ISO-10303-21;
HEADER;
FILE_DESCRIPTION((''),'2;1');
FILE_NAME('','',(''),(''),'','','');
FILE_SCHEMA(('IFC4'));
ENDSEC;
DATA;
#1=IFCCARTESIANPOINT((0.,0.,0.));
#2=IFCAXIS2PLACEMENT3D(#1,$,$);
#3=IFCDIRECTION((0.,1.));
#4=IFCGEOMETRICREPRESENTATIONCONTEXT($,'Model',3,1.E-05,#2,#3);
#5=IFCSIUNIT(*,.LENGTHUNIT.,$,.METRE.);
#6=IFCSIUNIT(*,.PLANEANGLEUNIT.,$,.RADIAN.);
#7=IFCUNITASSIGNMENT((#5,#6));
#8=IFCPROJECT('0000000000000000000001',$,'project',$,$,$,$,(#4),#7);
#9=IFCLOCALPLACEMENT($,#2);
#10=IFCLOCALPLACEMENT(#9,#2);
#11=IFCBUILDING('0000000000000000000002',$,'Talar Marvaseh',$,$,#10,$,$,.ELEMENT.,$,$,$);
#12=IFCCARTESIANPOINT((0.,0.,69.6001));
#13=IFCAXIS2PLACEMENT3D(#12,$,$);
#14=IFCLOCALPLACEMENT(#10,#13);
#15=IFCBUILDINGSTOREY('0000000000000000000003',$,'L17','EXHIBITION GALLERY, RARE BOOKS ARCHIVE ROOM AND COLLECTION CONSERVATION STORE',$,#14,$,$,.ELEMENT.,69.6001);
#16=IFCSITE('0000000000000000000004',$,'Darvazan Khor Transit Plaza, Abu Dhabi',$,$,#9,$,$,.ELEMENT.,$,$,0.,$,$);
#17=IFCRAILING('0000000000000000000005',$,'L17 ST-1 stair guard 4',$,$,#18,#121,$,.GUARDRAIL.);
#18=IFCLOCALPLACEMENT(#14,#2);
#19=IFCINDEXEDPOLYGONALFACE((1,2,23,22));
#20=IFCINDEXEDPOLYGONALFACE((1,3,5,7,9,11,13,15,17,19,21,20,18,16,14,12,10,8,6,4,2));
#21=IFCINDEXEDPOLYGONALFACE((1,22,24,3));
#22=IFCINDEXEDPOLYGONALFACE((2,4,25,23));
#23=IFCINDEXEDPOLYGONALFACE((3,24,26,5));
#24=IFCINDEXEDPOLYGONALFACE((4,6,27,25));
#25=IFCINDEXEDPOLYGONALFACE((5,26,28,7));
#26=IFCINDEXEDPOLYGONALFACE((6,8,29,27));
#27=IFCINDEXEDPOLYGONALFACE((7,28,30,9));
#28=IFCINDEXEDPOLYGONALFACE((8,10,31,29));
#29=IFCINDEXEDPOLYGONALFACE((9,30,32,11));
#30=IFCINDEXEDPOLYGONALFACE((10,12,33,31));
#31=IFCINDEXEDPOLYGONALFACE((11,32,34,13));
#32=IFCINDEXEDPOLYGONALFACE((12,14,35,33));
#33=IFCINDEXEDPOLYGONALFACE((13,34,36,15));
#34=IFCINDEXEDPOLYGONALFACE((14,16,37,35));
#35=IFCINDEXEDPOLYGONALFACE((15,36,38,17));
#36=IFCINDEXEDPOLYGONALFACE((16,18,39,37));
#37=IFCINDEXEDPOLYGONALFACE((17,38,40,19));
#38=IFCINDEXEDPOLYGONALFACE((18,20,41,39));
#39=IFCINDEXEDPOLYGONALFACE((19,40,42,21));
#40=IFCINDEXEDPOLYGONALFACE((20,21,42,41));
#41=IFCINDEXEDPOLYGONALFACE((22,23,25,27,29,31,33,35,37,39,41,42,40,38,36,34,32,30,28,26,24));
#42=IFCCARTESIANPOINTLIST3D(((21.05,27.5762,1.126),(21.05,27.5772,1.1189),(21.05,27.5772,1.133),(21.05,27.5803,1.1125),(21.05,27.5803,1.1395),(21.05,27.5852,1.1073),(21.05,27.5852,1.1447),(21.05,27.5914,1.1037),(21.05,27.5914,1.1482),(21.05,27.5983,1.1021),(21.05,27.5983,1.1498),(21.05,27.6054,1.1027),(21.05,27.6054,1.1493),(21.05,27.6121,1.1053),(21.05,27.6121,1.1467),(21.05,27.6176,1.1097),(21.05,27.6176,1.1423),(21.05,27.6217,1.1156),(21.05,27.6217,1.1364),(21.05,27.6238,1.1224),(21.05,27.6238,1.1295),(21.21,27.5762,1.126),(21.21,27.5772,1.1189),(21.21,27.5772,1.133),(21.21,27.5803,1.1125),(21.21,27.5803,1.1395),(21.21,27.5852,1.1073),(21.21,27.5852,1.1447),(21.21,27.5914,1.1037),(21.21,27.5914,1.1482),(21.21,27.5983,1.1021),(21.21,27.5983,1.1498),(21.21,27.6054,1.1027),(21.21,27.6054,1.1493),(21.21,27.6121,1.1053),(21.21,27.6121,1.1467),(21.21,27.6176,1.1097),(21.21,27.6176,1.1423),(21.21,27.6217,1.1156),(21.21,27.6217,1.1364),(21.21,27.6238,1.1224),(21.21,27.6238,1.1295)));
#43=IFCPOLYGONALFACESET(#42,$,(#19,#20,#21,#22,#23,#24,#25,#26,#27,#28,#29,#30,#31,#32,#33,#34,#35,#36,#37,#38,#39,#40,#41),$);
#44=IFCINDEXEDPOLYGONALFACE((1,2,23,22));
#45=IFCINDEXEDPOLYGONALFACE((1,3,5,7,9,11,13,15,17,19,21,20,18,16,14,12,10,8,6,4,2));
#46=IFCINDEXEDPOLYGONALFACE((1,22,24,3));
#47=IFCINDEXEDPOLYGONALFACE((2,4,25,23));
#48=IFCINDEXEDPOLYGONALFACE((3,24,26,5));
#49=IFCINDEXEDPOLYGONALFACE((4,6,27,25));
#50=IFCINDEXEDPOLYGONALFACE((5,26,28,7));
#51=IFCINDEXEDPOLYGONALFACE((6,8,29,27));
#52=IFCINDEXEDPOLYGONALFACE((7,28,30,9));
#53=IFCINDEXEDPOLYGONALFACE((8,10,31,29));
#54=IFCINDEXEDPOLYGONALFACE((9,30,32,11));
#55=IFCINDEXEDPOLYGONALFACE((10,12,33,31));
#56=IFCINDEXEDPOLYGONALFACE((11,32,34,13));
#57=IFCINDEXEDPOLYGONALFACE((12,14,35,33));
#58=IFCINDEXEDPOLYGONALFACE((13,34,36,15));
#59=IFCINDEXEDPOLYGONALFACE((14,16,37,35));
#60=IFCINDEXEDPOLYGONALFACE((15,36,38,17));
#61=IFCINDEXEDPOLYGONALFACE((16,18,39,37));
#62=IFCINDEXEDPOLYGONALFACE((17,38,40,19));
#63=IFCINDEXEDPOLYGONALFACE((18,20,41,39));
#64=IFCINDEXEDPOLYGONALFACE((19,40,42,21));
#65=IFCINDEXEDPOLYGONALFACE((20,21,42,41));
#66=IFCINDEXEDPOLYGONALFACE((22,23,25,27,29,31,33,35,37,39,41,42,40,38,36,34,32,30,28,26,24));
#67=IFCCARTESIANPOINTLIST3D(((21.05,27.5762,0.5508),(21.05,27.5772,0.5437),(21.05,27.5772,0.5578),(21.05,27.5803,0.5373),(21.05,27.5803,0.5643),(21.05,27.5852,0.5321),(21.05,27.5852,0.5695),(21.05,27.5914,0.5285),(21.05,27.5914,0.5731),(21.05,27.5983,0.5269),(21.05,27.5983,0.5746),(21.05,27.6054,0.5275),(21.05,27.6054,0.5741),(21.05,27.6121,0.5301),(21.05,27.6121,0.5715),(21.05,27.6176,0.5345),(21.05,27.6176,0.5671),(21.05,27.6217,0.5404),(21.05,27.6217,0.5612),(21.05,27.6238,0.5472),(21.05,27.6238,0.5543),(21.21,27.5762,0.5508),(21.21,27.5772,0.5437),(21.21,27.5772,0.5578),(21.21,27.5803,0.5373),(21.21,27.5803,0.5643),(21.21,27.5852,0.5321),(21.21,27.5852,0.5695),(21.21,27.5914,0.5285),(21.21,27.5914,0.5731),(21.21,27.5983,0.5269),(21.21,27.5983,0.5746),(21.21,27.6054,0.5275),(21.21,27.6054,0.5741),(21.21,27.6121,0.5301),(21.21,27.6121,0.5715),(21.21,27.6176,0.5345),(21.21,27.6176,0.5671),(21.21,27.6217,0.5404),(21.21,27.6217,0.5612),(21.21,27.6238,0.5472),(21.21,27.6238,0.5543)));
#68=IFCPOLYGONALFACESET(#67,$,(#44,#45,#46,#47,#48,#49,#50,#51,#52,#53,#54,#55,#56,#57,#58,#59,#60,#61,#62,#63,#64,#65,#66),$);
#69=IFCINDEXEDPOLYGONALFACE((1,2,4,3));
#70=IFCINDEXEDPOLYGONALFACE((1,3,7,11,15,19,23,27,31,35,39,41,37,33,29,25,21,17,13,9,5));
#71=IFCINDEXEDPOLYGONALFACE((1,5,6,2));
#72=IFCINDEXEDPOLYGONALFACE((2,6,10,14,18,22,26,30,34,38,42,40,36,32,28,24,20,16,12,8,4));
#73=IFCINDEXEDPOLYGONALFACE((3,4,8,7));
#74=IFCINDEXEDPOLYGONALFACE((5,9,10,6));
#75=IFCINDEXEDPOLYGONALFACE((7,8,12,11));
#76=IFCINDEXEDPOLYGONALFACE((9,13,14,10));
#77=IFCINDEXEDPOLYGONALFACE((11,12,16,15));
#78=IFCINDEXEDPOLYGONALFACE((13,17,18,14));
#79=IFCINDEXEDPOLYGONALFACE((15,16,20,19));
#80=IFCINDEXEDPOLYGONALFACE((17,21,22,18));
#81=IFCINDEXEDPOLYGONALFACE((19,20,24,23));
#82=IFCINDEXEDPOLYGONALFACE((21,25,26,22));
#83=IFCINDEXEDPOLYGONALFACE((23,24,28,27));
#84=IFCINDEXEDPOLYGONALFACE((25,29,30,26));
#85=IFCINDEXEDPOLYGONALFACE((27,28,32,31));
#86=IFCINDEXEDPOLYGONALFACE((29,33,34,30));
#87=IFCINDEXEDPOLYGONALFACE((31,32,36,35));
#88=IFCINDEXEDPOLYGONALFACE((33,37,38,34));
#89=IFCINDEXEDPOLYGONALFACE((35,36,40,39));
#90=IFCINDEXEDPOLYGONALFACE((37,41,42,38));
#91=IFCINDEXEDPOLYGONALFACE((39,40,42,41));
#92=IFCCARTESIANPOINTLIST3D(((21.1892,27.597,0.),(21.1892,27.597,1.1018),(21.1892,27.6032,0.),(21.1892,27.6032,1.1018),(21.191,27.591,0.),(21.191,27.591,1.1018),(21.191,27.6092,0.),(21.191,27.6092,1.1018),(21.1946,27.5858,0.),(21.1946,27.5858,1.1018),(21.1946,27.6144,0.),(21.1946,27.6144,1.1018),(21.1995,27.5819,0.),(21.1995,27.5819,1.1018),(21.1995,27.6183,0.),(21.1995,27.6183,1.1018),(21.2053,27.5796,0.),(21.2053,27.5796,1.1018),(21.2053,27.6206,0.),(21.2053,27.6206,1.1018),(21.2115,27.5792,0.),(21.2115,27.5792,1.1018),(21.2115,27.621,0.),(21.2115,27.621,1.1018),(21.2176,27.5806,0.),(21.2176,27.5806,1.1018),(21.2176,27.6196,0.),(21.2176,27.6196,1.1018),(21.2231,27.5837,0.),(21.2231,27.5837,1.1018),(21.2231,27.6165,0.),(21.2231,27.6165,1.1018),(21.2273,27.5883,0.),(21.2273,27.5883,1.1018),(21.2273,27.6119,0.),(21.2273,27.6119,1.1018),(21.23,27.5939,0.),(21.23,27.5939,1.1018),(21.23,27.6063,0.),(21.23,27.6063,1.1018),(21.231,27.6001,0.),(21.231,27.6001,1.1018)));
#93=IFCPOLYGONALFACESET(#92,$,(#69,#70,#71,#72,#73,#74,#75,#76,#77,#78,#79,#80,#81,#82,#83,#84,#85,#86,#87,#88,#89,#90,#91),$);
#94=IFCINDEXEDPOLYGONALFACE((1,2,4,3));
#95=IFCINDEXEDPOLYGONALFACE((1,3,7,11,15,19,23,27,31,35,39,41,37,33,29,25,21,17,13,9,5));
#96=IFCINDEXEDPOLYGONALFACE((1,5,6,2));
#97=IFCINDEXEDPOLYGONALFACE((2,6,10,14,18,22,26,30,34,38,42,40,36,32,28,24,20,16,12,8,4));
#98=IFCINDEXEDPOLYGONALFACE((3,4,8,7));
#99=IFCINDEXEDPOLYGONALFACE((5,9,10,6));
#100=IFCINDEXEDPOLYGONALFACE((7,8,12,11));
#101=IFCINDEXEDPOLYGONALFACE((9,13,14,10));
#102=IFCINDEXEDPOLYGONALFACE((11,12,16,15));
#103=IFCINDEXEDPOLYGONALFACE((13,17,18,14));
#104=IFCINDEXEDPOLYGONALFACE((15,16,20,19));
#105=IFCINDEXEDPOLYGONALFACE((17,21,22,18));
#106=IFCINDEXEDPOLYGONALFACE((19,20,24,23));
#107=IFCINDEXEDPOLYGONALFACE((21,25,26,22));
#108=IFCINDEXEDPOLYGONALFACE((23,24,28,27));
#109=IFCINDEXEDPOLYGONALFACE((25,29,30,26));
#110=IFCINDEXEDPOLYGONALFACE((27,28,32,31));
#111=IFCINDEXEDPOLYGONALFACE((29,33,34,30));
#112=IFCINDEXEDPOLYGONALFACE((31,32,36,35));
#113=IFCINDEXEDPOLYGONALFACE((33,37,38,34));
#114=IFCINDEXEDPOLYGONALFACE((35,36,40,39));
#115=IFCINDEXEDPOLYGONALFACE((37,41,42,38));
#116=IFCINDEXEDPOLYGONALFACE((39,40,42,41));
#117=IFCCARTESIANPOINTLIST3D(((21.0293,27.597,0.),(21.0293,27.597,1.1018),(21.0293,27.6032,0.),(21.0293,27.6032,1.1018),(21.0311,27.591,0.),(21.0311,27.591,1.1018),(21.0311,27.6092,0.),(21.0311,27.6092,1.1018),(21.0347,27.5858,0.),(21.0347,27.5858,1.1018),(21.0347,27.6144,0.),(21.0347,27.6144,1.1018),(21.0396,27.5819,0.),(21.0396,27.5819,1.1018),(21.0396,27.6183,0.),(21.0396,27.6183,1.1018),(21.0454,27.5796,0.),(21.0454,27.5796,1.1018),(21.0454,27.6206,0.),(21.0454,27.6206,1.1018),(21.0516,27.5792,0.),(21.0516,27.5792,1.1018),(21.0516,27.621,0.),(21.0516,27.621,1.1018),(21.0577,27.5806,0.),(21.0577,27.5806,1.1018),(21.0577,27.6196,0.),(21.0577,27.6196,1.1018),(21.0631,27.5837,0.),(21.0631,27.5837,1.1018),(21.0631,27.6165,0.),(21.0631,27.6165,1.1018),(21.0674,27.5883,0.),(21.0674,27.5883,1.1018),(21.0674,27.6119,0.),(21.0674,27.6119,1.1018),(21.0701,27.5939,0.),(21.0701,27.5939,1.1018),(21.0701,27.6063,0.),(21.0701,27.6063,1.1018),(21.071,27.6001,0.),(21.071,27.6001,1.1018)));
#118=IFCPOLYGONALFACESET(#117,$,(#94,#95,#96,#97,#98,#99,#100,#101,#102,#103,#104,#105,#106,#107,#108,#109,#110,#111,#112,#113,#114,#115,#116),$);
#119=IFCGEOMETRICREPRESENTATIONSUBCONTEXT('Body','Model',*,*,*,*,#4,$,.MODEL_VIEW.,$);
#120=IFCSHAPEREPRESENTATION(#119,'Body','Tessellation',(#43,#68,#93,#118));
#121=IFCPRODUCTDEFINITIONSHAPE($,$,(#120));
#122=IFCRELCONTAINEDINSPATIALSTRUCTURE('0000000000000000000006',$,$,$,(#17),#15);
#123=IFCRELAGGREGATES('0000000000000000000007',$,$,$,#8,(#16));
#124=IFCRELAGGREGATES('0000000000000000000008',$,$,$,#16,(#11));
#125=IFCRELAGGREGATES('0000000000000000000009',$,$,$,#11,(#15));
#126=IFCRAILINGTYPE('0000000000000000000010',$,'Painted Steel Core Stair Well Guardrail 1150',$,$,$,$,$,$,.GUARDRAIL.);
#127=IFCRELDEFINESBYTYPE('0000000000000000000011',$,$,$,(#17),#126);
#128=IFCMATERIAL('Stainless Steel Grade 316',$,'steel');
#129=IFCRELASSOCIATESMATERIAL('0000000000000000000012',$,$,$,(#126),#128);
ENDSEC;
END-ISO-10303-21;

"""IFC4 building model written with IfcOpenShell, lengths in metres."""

from ifc_helpers import new_model, si_unit, direction, frame, origin, origin_2d, place, context, subcontext, project, spatial, circle, extrude, material, type_object, element, save


model = new_model("IFC4")

# Units and contexts
model_context = context("Model", 3, precision=1e-05, world=origin(), true_north=direction((0.0, 1.0)))
body_context = subcontext(model_context, "Body", "Model", "MODEL_VIEW")
ifc_project = project(units=[si_unit("LENGTHUNIT", "METRE"), si_unit("PLANEANGLEUNIT", "RADIAN")], contexts=[model_context])

# Site, building, storey
site_placement = place(None, origin())
site = spatial("IfcSite", under=ifc_project, at=site_placement, Name="Darvazan Khor Transit Plaza, Abu Dhabi", CompositionType="ELEMENT", RefElevation=0.0)
building_placement = place(site_placement, origin())
building = spatial("IfcBuilding", under=site, at=building_placement, Name="Talar Marvaseh", CompositionType="ELEMENT")
storey_placement = place(building_placement, frame((0.0, 0.0, 69.6001)))
storey = spatial("IfcBuildingStorey", under=building, at=storey_placement, Name="L17", Description="EXHIBITION GALLERY, RARE BOOKS ARCHIVE ROOM AND COLLECTION CONSERVATION STORE", CompositionType="ELEMENT", Elevation=69.6001)

# Railing
ifc_material_1 = material(Name="Stainless Steel Grade 316", Category="steel")
railing_type_1 = type_object("IfcRailingType", Name="Painted Steel Core Stair Well Guardrail 1150", PredefinedType="GUARDRAIL", material=ifc_material_1)
railing_1_placement = place(storey_placement, frame((21.21, 27.6001, 0.0)))
element("IfcRailing", 1, at=railing_1_placement, inside=storey, type_object=railing_type_1, Name="L17 ST-1 stair guard 4", PredefinedType="GUARDRAIL", context=body_context, shape_type="SweptSolid", body=[
    extrude(circle(Radius=0.0239, at=origin_2d()), frame((0.0, 0.0, 1.126), z_axis=(-1.0, 0.0, 0.0), x_axis=(0.0, -1.0, 0.0)), (0.0, 0.0, 1.0), 0.1599),
    extrude(circle(Radius=0.0239, at=origin_2d()), frame((0.0, 0.0, 0.5508), z_axis=(-1.0, 0.0, 0.0), x_axis=(0.0, -1.0, 0.0)), (0.0, 0.0, 1.0), 0.1599),
    extrude(circle(Radius=0.021, at=origin_2d()), origin(), (0.0, 0.0, 1.0), 1.1018),
    extrude(circle(Radius=0.021, at=origin_2d()), frame((-0.1599, 0.0, 0.0)), (0.0, 0.0, 1.0), 1.1018),
])

save(model, "model.ifc")
